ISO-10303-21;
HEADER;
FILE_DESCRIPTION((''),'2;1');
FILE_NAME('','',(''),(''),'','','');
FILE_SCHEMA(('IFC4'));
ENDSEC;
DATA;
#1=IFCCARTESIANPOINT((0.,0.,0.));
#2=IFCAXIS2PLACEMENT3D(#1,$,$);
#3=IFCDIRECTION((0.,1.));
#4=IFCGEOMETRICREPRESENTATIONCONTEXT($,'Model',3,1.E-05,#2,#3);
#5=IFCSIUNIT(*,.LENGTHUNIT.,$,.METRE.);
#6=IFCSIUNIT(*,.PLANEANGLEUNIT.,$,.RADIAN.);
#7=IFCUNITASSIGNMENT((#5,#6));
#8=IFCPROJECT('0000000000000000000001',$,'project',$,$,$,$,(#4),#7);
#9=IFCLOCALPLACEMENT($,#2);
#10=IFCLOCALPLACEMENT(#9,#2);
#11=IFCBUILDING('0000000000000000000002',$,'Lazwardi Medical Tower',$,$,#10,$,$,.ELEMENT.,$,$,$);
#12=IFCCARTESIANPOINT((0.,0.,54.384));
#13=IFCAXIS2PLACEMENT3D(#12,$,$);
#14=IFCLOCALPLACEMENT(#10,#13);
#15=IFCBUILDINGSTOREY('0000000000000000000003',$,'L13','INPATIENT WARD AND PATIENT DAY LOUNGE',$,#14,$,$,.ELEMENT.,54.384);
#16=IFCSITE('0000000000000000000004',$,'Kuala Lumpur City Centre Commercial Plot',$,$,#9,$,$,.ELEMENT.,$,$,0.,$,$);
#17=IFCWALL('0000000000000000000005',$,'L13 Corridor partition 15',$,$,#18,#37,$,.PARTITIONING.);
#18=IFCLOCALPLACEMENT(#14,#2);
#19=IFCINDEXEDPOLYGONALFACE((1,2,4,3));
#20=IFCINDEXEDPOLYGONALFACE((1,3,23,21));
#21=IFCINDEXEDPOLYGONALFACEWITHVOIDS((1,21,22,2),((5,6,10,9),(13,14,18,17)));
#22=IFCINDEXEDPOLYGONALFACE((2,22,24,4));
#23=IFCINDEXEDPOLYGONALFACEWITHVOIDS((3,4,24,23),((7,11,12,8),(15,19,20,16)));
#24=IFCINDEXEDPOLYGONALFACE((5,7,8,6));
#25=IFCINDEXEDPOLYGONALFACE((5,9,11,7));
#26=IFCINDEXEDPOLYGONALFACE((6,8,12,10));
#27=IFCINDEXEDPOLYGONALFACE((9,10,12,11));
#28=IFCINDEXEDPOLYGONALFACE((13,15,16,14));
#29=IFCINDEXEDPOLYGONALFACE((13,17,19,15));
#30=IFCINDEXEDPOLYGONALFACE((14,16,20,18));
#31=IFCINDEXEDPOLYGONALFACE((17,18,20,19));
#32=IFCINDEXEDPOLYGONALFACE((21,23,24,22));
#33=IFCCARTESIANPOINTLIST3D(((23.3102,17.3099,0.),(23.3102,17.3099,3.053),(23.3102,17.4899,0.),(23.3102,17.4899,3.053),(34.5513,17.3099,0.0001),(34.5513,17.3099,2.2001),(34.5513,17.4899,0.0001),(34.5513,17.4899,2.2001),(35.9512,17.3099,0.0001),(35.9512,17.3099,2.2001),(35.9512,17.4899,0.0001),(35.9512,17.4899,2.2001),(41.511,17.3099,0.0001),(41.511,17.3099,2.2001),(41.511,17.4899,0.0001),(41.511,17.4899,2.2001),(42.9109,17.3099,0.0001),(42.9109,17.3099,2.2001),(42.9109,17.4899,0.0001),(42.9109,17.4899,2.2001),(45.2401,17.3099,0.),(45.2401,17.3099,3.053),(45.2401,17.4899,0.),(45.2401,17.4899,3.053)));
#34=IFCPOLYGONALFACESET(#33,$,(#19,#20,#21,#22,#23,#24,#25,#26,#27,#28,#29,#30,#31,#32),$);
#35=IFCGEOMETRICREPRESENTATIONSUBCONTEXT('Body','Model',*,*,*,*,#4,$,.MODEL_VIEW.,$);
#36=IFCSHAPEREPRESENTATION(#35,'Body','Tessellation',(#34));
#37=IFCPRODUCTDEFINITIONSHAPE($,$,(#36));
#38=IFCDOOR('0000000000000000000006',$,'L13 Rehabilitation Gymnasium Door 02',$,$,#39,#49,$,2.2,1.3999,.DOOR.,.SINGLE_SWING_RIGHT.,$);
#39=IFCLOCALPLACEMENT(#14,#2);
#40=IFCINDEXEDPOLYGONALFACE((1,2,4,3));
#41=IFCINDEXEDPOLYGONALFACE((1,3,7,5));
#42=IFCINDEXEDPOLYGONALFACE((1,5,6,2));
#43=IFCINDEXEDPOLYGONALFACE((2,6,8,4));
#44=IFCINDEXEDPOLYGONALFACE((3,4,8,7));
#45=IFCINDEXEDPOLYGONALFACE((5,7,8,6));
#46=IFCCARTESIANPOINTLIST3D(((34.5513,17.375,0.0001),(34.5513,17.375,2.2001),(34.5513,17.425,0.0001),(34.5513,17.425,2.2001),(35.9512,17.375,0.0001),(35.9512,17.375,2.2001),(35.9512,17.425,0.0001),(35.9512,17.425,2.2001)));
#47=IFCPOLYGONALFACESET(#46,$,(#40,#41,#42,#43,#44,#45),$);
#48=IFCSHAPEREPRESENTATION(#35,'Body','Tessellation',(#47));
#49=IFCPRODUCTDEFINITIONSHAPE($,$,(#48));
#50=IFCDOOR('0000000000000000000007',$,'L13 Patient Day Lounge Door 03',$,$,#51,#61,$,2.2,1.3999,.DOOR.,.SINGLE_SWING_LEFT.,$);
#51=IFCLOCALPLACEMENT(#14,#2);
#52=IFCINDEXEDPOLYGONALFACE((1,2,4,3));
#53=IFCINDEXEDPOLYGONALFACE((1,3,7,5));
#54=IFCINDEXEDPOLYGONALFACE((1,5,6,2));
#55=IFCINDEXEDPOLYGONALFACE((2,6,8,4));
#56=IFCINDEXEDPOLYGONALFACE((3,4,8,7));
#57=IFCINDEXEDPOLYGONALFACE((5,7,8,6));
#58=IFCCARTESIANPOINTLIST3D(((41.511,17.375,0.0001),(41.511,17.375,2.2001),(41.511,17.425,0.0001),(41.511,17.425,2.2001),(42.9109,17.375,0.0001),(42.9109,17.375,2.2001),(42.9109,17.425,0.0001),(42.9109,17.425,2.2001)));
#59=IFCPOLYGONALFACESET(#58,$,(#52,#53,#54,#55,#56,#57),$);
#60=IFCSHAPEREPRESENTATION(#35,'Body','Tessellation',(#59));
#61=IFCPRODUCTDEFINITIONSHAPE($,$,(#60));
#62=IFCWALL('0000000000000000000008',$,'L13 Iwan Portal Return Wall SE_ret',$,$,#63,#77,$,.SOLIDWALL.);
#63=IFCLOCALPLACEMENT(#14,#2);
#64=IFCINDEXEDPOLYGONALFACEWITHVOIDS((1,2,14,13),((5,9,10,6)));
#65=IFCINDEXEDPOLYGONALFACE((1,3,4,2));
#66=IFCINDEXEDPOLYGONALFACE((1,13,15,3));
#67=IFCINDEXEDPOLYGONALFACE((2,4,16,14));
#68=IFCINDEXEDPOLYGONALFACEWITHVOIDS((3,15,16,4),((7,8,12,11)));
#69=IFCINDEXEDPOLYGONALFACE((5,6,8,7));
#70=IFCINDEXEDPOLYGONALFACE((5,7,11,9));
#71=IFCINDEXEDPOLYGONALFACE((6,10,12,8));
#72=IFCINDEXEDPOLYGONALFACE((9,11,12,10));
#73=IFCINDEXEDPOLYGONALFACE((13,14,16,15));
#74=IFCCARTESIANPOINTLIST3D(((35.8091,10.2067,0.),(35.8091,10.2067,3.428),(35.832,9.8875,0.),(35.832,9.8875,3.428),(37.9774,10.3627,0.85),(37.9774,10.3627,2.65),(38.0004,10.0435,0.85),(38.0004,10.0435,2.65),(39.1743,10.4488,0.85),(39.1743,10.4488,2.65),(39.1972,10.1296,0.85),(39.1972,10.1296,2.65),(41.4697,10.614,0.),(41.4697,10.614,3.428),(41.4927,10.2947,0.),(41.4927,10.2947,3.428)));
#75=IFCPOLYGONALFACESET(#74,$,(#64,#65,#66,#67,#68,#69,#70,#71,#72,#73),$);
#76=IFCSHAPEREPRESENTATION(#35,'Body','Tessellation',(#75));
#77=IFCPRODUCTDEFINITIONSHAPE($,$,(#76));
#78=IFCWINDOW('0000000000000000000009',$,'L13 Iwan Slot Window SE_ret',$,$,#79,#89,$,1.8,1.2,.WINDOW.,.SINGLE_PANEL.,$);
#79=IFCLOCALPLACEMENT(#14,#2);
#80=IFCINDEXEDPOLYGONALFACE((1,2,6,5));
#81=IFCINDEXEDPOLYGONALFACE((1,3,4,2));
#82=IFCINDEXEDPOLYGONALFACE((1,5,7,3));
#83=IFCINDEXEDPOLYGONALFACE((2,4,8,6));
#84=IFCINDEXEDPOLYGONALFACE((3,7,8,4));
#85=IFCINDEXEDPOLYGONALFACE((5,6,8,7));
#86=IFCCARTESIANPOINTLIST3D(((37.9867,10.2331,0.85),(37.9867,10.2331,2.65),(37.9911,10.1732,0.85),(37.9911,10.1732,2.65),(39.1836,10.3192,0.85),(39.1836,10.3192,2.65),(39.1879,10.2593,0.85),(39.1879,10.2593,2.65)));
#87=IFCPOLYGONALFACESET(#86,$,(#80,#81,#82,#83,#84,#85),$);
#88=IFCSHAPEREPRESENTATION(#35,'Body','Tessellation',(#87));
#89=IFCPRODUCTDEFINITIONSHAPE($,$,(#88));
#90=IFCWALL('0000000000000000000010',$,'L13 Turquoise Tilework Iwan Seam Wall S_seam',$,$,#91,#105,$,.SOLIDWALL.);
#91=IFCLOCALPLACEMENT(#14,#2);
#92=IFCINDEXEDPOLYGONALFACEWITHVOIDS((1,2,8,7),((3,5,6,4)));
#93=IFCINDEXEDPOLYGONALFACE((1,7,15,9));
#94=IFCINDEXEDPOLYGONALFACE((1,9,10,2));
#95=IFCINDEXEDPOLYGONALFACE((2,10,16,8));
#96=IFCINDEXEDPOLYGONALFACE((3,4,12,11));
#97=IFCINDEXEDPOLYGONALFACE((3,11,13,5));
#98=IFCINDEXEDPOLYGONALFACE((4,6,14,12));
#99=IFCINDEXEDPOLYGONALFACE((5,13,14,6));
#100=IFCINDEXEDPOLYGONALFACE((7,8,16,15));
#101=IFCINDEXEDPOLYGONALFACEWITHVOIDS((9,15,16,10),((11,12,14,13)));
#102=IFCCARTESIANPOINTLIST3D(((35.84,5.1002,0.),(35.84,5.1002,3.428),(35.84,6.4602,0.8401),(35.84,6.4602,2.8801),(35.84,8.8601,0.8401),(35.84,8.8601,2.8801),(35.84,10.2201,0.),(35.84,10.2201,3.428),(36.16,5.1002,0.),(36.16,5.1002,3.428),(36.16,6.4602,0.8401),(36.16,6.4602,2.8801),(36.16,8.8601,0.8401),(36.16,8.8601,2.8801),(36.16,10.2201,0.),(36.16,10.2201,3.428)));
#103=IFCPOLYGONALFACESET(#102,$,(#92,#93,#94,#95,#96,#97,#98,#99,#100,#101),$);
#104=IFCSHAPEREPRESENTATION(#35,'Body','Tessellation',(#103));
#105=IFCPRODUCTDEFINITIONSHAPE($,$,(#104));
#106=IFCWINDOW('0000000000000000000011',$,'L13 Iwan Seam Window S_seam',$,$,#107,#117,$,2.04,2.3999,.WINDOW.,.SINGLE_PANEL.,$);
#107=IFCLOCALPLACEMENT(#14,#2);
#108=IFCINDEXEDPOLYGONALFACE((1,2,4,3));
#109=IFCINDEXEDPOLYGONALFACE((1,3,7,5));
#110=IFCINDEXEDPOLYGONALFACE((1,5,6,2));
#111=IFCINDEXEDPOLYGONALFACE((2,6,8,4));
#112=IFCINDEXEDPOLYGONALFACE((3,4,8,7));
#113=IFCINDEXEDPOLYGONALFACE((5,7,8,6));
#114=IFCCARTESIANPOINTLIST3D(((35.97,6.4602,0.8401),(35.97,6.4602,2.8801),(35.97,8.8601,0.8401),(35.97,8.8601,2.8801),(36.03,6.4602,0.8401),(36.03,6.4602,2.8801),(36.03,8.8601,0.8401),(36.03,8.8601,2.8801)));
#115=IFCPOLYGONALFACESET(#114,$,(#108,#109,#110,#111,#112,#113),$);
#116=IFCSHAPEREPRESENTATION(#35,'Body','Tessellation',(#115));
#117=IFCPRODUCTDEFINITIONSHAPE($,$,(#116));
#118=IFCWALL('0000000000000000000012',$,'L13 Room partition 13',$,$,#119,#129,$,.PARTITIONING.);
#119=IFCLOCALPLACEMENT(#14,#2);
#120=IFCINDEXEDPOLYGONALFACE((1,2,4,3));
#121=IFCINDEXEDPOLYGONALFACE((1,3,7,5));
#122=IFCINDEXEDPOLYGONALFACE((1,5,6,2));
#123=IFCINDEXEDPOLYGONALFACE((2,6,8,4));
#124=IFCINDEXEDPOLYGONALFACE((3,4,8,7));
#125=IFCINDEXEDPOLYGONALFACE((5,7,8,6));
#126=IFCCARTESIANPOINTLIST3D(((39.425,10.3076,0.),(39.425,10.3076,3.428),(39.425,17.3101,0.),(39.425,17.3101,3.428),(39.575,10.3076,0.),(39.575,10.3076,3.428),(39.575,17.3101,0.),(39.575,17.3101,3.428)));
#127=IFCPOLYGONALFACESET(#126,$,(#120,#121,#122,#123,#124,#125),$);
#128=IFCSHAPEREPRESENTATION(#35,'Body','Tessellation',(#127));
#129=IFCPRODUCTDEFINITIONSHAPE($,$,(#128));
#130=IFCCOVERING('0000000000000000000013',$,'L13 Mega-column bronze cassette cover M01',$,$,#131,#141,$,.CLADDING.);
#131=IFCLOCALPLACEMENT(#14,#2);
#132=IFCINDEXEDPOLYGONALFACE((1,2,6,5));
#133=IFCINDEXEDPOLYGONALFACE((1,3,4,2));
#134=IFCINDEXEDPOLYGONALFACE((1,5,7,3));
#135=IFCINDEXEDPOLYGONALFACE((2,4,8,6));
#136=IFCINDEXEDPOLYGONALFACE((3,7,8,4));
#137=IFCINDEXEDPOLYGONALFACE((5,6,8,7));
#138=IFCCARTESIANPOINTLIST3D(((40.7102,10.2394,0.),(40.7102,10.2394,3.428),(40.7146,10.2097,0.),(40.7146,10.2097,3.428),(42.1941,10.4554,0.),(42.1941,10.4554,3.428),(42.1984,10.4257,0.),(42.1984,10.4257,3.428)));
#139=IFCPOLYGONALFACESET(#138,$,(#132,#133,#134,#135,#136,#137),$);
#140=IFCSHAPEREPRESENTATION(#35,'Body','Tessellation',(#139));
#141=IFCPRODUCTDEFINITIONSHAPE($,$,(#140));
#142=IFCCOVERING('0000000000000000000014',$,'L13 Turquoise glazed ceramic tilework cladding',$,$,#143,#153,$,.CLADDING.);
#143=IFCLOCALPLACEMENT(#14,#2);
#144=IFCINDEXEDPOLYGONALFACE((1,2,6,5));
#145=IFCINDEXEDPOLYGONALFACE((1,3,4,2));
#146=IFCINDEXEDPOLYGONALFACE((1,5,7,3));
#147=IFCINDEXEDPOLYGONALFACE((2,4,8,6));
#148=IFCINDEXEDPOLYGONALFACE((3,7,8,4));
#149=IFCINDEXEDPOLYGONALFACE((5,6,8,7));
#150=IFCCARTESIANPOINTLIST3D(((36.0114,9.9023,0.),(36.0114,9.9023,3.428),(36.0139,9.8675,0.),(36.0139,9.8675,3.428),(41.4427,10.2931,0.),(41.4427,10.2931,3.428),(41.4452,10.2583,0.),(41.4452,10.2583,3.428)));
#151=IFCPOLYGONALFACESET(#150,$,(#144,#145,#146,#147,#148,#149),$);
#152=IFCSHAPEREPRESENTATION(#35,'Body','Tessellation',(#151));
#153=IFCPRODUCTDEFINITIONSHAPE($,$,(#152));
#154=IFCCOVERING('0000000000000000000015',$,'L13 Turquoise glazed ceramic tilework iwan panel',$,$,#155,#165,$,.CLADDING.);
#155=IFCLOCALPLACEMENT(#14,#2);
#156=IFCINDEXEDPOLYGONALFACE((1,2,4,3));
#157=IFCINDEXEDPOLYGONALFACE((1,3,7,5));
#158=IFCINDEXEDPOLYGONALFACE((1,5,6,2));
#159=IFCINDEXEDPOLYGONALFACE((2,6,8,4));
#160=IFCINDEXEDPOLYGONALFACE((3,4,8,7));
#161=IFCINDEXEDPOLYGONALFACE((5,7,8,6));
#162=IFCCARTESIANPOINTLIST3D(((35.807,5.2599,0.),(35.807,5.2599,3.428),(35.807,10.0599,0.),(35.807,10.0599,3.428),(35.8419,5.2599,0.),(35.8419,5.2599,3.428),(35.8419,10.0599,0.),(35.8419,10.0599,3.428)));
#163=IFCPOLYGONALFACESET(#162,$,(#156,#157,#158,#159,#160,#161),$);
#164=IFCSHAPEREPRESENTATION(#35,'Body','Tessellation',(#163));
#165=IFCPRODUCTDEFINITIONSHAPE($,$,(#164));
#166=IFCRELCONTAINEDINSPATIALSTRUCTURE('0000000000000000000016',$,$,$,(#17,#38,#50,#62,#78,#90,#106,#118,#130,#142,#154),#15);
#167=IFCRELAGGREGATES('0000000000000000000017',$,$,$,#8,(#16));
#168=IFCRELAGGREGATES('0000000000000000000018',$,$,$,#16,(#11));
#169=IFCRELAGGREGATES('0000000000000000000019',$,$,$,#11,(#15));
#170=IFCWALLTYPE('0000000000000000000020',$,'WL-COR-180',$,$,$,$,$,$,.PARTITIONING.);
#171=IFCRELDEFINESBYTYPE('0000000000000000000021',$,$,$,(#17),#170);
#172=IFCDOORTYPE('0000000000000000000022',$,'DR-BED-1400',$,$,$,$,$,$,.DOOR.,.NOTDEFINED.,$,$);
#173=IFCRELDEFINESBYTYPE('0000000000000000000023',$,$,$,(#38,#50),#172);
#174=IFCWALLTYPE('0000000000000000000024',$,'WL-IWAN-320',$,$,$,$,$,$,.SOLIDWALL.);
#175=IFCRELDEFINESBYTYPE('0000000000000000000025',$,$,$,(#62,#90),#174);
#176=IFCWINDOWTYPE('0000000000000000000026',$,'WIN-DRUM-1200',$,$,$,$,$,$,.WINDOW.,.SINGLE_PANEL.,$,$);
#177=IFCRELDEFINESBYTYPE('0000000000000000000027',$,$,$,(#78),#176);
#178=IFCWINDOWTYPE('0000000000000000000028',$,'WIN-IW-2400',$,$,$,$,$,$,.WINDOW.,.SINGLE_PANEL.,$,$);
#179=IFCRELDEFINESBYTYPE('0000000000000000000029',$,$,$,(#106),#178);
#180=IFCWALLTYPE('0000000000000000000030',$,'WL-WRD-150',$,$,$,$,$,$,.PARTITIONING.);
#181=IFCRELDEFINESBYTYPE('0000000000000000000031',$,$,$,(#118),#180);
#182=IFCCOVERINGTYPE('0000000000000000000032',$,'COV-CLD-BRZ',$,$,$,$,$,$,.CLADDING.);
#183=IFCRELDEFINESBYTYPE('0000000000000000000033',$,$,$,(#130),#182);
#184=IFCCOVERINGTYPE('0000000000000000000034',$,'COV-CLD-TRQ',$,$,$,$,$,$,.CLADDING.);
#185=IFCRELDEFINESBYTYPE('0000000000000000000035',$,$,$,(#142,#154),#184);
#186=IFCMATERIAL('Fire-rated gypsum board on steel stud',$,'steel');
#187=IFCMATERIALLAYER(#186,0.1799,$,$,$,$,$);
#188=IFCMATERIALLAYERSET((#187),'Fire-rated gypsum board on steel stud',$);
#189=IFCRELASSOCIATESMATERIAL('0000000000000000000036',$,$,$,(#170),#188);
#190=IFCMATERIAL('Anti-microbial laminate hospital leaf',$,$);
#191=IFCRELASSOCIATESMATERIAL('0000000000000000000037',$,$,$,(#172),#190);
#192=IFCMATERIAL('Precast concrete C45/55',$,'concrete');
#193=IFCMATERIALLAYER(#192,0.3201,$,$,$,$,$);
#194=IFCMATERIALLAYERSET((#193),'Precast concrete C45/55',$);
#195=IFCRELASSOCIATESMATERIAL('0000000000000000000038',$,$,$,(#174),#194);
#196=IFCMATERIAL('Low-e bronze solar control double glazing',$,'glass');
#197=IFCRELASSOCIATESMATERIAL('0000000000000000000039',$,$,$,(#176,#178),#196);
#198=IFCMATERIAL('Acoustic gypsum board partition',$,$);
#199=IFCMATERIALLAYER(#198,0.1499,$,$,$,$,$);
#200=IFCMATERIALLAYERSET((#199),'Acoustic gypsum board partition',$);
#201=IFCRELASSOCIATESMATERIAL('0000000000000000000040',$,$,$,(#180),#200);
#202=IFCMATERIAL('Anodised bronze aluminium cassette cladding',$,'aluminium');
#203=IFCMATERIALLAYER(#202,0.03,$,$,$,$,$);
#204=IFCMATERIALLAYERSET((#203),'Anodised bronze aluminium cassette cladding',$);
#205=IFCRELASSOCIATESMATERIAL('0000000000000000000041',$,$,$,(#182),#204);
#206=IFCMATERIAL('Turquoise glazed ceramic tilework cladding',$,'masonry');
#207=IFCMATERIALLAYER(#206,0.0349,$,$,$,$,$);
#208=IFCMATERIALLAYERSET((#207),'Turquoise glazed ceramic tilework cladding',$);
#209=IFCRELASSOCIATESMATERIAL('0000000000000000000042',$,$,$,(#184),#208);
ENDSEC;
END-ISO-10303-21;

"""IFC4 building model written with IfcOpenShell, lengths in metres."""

from ifc_helpers import new_model, si_unit, direction, frame, frame_2d, origin, origin_2d, place, context, subcontext, project, spatial, rectangle, extrude, material, layer, layer_set, type_object, element, fill, save


model = new_model("IFC4")

# Units and contexts
model_context = context("Model", 3, precision=1e-05, world=origin(), true_north=direction((0.0, 1.0)))
body_context = subcontext(model_context, "Body", "Model", "MODEL_VIEW")
ifc_project = project(units=[si_unit("LENGTHUNIT", "METRE"), si_unit("PLANEANGLEUNIT", "RADIAN")], contexts=[model_context])

# Site, building, storey
site_placement = place(None, origin())
site = spatial("IfcSite", under=ifc_project, at=site_placement, Name="Kuala Lumpur City Centre Commercial Plot", CompositionType="ELEMENT", RefElevation=0.0)
building_placement = place(site_placement, origin())
building = spatial("IfcBuilding", under=site, at=building_placement, Name="Lazwardi Medical Tower", CompositionType="ELEMENT")
storey_placement = place(building_placement, frame((0.0, 0.0, 54.384)))
storey = spatial("IfcBuildingStorey", under=building, at=storey_placement, Name="L13", Description="INPATIENT WARD AND PATIENT DAY LOUNGE", CompositionType="ELEMENT", Elevation=54.384)

# Shared definitions
ifc_material_1 = material(Name="Low-e bronze solar control double glazing", Category="glass")

# Wall, openings, doors
ifc_material_2 = material(Name="Fire-rated gypsum board on steel stud", Category="steel")
ifc_layer_1 = layer(ifc_material_2, 0.1799)
ifc_layer_set_1 = layer_set([ifc_layer_1], Name="Fire-rated gypsum board on steel stud")
wall_type_1 = type_object("IfcWallType", Name="WL-COR-180", PredefinedType="PARTITIONING", material=ifc_layer_set_1)
wall_1_placement = place(storey_placement, frame((45.24, 17.3999, 0.0), z_axis=(0.0, 0.0, 1.0), x_axis=(-1.0, 0.0, 0.0)))
wall_1 = element("IfcWall", 1, at=wall_1_placement, inside=storey, type_object=wall_type_1, Name="L13 Corridor partition 15", PredefinedType="PARTITIONING", context=body_context, shape_type="SweptSolid", body=[
    extrude(rectangle(XDim=21.9299, YDim=0.1799, at=frame_2d((10.9648, 0.0))), origin(), (0.0, 0.0, 1.0), 3.053),
])
opening_1_placement = place(wall_1_placement, frame((9.2888, 0.0, 0.0)))
opening_1 = element("IfcOpeningElement", 2, at=opening_1_placement, cuts=wall_1, PredefinedType="OPENING", context=body_context, shape_type="SweptSolid", body=[
    extrude(rectangle(XDim=1.3999, YDim=2.2, at=frame_2d((0.7, 1.1001))), frame((0.0, 0.0999, 0.0), z_axis=(0.0, -1.0, 0.0), x_axis=(1.0, 0.0, 0.0)), (0.0, 0.0, 1.0), 0.2),
])
opening_2_placement = place(wall_1_placement, frame((2.3291, 0.0, 0.0)))
opening_2 = element("IfcOpeningElement", 3, at=opening_2_placement, cuts=wall_1, PredefinedType="OPENING", context=body_context, shape_type="SweptSolid", body=[
    extrude(rectangle(XDim=1.3999, YDim=2.2, at=frame_2d((0.7, 1.1001))), frame((0.0, 0.0999, 0.0), z_axis=(0.0, -1.0, 0.0), x_axis=(1.0, 0.0, 0.0)), (0.0, 0.0, 1.0), 0.2),
])
ifc_material_3 = material(Name="Anti-microbial laminate hospital leaf")
door_type = type_object("IfcDoorType", Name="DR-BED-1400", OperationType="NOTDEFINED", PredefinedType="DOOR", material=ifc_material_3)
door_1_placement = place(opening_1_placement, origin())
door_1 = element("IfcDoor", 4, at=door_1_placement, inside=storey, type_object=door_type, Name="L13 Rehabilitation Gymnasium Door 02", OperationType="SINGLE_SWING_RIGHT", OverallHeight=2.2, OverallWidth=1.3999, PredefinedType="DOOR", context=body_context, shape_type="SweptSolid", body=[
    extrude(rectangle(XDim=1.3999, YDim=2.2, at=frame_2d((0.7, 1.1001))), frame((0.0, 0.0249, 0.0), z_axis=(0.0, -1.0, 0.0), x_axis=(1.0, 0.0, 0.0)), (0.0, 0.0, 1.0), 0.05),
])
fill(opening_1, door_1)
door_2_placement = place(opening_2_placement, origin())
door_2 = element("IfcDoor", 5, at=door_2_placement, inside=storey, type_object=door_type, Name="L13 Patient Day Lounge Door 03", OperationType="SINGLE_SWING_LEFT", OverallHeight=2.2, OverallWidth=1.3999, PredefinedType="DOOR", context=body_context, shape_type="SweptSolid", body=[
    extrude(rectangle(XDim=1.3999, YDim=2.2, at=frame_2d((0.7, 1.1001))), frame((0.0, 0.0249, 0.0), z_axis=(0.0, -1.0, 0.0), x_axis=(1.0, 0.0, 0.0)), (0.0, 0.0, 1.0), 0.05),
])
fill(opening_2, door_2)

# Walls, openings, windows
ifc_material_4 = material(Name="Precast concrete C45/55", Category="concrete")
ifc_layer_2 = layer(ifc_material_4, 0.3201)
ifc_layer_set_2 = layer_set([ifc_layer_2], Name="Precast concrete C45/55")
wall_type_2 = type_object("IfcWallType", Name="WL-IWAN-320", PredefinedType="SOLIDWALL", material=ifc_layer_set_2)
wall_2_placement = place(storey_placement, frame((35.8206, 10.0471, 0.0), z_axis=(0.0, 0.0, 1.0), x_axis=(0.997422, 0.071755, 0.0)))
wall_2 = element("IfcWall", 6, at=wall_2_placement, inside=storey, type_object=wall_type_2, Name="L13 Iwan Portal Return Wall SE_ret", PredefinedType="SOLIDWALL", context=body_context, shape_type="SweptSolid", body=[
    extrude(rectangle(XDim=5.6753, YDim=0.3201, at=frame_2d((2.8376, 0.0))), origin(), (0.0, 0.0, 1.0), 3.428),
])
opening_3_placement = place(wall_2_placement, frame((2.1738, 0.0, 0.8501)))
opening_3 = element("IfcOpeningElement", 7, at=opening_3_placement, cuts=wall_2, PredefinedType="OPENING", context=body_context, shape_type="SweptSolid", body=[
    extrude(rectangle(XDim=1.2, YDim=1.8, at=frame_2d((0.6001, 0.8999))), frame((0.0, 0.1699, 0.0), z_axis=(0.0, -1.0, 0.0), x_axis=(1.0, 0.0, 0.0)), (0.0, 0.0, 1.0), 0.3401),
])
window_type_1 = type_object("IfcWindowType", Name="WIN-DRUM-1200", PartitioningType="SINGLE_PANEL", PredefinedType="WINDOW", material=ifc_material_1)
window_1_placement = place(opening_3_placement, origin())
window_1 = element("IfcWindow", 8, at=window_1_placement, inside=storey, type_object=window_type_1, Name="L13 Iwan Slot Window SE_ret", OverallHeight=1.8, OverallWidth=1.2, PartitioningType="SINGLE_PANEL", PredefinedType="WINDOW", context=body_context, shape_type="SweptSolid", body=[
    extrude(rectangle(XDim=1.2, YDim=1.8, at=frame_2d((0.6001, 0.8999))), frame((0.0, 0.03, 0.0), z_axis=(0.0, -1.0, 0.0), x_axis=(1.0, 0.0, 0.0)), (0.0, 0.0, 1.0), 0.0601),
])
fill(opening_3, window_1)
wall_3_placement = place(storey_placement, frame((36.0, 5.1001, 0.0), z_axis=(0.0, 0.0, 1.0), x_axis=(0.0, 1.0, 0.0)))
wall_3 = element("IfcWall", 9, at=wall_3_placement, inside=storey, type_object=wall_type_2, Name="L13 Turquoise Tilework Iwan Seam Wall S_seam", PredefinedType="SOLIDWALL", context=body_context, shape_type="SweptSolid", body=[
    extrude(rectangle(XDim=5.1199, YDim=0.3201, at=frame_2d((2.5601, 0.0))), origin(), (0.0, 0.0, 1.0), 3.428),
])
opening_4_placement = place(wall_3_placement, frame((1.3601, 0.0, 0.8401)))
opening_4 = element("IfcOpeningElement", 10, at=opening_4_placement, cuts=wall_3, PredefinedType="OPENING", context=body_context, shape_type="SweptSolid", body=[
    extrude(rectangle(XDim=2.3999, YDim=2.04, at=frame_2d((1.2, 1.02))), frame((0.0, 0.1699, 0.0), z_axis=(0.0, -1.0, 0.0), x_axis=(1.0, 0.0, 0.0)), (0.0, 0.0, 1.0), 0.3401),
])
window_type_2 = type_object("IfcWindowType", Name="WIN-IW-2400", PartitioningType="SINGLE_PANEL", PredefinedType="WINDOW", material=ifc_material_1)
window_2_placement = place(opening_4_placement, origin())
window_2 = element("IfcWindow", 11, at=window_2_placement, inside=storey, type_object=window_type_2, Name="L13 Iwan Seam Window S_seam", OverallHeight=2.04, OverallWidth=2.3999, PartitioningType="SINGLE_PANEL", PredefinedType="WINDOW", context=body_context, shape_type="SweptSolid", body=[
    extrude(rectangle(XDim=2.3999, YDim=2.04, at=frame_2d((1.2, 1.02))), frame((0.0, 0.03, 0.0), z_axis=(0.0, -1.0, 0.0), x_axis=(1.0, 0.0, 0.0)), (0.0, 0.0, 1.0), 0.0601),
])
fill(opening_4, window_2)

# Wall
ifc_material_5 = material(Name="Acoustic gypsum board partition")
ifc_layer_3 = layer(ifc_material_5, 0.1499)
ifc_layer_set_3 = layer_set([ifc_layer_3], Name="Acoustic gypsum board partition")
wall_type_3 = type_object("IfcWallType", Name="WL-WRD-150", PredefinedType="PARTITIONING", material=ifc_layer_set_3)
wall_4_placement = place(storey_placement, frame((39.5, 10.3076, 0.0), z_axis=(0.0, 0.0, 1.0), x_axis=(0.0, 1.0, 0.0)))
element("IfcWall", 12, at=wall_4_placement, inside=storey, type_object=wall_type_3, Name="L13 Room partition 13", PredefinedType="PARTITIONING", context=body_context, shape_type="SweptSolid", body=[
    extrude(rectangle(XDim=7.0024, YDim=0.1499, at=frame_2d((3.5012, 0.0))), origin(), (0.0, 0.0, 1.0), 3.428),
])

# Coverings
ifc_material_6 = material(Name="Anodised bronze aluminium cassette cladding", Category="aluminium")
ifc_layer_4 = layer(ifc_material_6, 0.03)
ifc_layer_set_4 = layer_set([ifc_layer_4], Name="Anodised bronze aluminium cassette cladding")
covering_type_1 = type_object("IfcCoveringType", Name="COV-CLD-BRZ", PredefinedType="CLADDING", material=ifc_layer_set_4)
covering_1_placement = place(storey_placement, frame((41.4543, 10.3325, 0.0), z_axis=(0.0, 0.0, 1.0), x_axis=(0.989573, 0.144035, 0.0)))
element("IfcCovering", 13, at=covering_1_placement, inside=storey, type_object=covering_type_1, Name="L13 Mega-column bronze cassette cover M01", PredefinedType="CLADDING", context=body_context, shape_type="SweptSolid", body=[
    extrude(rectangle(XDim=1.4995, YDim=0.03, at=origin_2d()), origin(), (0.0, 0.0, 1.0), 3.428),
])
ifc_material_7 = material(Name="Turquoise glazed ceramic tilework cladding", Category="masonry")
ifc_layer_5 = layer(ifc_material_7, 0.0349)
ifc_layer_set_5 = layer_set([ifc_layer_5], Name="Turquoise glazed ceramic tilework cladding")
covering_type_2 = type_object("IfcCoveringType", Name="COV-CLD-TRQ", PredefinedType="CLADDING", material=ifc_layer_set_5)
covering_2_placement = place(storey_placement, frame((38.7283, 10.0803, 0.0), z_axis=(0.0, 0.0, 1.0), x_axis=(0.997421, 0.071767, 0.0)))
element("IfcCovering", 14, at=covering_2_placement, inside=storey, type_object=covering_type_2, Name="L13 Turquoise glazed ceramic tilework cladding", PredefinedType="CLADDING", context=body_context, shape_type="SweptSolid", body=[
    extrude(rectangle(XDim=5.4453, YDim=0.0349, at=origin_2d()), origin(), (0.0, 0.0, 1.0), 3.428),
])
covering_3_placement = place(storey_placement, frame((35.8245, 7.6599, 0.0), z_axis=(0.0, 0.0, 1.0), x_axis=(0.0, 1.0, 0.0)))
element("IfcCovering", 15, at=covering_3_placement, inside=storey, type_object=covering_type_2, Name="L13 Turquoise glazed ceramic tilework iwan panel", PredefinedType="CLADDING", context=body_context, shape_type="SweptSolid", body=[
    extrude(rectangle(XDim=4.8, YDim=0.0349, at=origin_2d()), origin(), (0.0, 0.0, 1.0), 3.428),
])

save(model, "model.ifc")
